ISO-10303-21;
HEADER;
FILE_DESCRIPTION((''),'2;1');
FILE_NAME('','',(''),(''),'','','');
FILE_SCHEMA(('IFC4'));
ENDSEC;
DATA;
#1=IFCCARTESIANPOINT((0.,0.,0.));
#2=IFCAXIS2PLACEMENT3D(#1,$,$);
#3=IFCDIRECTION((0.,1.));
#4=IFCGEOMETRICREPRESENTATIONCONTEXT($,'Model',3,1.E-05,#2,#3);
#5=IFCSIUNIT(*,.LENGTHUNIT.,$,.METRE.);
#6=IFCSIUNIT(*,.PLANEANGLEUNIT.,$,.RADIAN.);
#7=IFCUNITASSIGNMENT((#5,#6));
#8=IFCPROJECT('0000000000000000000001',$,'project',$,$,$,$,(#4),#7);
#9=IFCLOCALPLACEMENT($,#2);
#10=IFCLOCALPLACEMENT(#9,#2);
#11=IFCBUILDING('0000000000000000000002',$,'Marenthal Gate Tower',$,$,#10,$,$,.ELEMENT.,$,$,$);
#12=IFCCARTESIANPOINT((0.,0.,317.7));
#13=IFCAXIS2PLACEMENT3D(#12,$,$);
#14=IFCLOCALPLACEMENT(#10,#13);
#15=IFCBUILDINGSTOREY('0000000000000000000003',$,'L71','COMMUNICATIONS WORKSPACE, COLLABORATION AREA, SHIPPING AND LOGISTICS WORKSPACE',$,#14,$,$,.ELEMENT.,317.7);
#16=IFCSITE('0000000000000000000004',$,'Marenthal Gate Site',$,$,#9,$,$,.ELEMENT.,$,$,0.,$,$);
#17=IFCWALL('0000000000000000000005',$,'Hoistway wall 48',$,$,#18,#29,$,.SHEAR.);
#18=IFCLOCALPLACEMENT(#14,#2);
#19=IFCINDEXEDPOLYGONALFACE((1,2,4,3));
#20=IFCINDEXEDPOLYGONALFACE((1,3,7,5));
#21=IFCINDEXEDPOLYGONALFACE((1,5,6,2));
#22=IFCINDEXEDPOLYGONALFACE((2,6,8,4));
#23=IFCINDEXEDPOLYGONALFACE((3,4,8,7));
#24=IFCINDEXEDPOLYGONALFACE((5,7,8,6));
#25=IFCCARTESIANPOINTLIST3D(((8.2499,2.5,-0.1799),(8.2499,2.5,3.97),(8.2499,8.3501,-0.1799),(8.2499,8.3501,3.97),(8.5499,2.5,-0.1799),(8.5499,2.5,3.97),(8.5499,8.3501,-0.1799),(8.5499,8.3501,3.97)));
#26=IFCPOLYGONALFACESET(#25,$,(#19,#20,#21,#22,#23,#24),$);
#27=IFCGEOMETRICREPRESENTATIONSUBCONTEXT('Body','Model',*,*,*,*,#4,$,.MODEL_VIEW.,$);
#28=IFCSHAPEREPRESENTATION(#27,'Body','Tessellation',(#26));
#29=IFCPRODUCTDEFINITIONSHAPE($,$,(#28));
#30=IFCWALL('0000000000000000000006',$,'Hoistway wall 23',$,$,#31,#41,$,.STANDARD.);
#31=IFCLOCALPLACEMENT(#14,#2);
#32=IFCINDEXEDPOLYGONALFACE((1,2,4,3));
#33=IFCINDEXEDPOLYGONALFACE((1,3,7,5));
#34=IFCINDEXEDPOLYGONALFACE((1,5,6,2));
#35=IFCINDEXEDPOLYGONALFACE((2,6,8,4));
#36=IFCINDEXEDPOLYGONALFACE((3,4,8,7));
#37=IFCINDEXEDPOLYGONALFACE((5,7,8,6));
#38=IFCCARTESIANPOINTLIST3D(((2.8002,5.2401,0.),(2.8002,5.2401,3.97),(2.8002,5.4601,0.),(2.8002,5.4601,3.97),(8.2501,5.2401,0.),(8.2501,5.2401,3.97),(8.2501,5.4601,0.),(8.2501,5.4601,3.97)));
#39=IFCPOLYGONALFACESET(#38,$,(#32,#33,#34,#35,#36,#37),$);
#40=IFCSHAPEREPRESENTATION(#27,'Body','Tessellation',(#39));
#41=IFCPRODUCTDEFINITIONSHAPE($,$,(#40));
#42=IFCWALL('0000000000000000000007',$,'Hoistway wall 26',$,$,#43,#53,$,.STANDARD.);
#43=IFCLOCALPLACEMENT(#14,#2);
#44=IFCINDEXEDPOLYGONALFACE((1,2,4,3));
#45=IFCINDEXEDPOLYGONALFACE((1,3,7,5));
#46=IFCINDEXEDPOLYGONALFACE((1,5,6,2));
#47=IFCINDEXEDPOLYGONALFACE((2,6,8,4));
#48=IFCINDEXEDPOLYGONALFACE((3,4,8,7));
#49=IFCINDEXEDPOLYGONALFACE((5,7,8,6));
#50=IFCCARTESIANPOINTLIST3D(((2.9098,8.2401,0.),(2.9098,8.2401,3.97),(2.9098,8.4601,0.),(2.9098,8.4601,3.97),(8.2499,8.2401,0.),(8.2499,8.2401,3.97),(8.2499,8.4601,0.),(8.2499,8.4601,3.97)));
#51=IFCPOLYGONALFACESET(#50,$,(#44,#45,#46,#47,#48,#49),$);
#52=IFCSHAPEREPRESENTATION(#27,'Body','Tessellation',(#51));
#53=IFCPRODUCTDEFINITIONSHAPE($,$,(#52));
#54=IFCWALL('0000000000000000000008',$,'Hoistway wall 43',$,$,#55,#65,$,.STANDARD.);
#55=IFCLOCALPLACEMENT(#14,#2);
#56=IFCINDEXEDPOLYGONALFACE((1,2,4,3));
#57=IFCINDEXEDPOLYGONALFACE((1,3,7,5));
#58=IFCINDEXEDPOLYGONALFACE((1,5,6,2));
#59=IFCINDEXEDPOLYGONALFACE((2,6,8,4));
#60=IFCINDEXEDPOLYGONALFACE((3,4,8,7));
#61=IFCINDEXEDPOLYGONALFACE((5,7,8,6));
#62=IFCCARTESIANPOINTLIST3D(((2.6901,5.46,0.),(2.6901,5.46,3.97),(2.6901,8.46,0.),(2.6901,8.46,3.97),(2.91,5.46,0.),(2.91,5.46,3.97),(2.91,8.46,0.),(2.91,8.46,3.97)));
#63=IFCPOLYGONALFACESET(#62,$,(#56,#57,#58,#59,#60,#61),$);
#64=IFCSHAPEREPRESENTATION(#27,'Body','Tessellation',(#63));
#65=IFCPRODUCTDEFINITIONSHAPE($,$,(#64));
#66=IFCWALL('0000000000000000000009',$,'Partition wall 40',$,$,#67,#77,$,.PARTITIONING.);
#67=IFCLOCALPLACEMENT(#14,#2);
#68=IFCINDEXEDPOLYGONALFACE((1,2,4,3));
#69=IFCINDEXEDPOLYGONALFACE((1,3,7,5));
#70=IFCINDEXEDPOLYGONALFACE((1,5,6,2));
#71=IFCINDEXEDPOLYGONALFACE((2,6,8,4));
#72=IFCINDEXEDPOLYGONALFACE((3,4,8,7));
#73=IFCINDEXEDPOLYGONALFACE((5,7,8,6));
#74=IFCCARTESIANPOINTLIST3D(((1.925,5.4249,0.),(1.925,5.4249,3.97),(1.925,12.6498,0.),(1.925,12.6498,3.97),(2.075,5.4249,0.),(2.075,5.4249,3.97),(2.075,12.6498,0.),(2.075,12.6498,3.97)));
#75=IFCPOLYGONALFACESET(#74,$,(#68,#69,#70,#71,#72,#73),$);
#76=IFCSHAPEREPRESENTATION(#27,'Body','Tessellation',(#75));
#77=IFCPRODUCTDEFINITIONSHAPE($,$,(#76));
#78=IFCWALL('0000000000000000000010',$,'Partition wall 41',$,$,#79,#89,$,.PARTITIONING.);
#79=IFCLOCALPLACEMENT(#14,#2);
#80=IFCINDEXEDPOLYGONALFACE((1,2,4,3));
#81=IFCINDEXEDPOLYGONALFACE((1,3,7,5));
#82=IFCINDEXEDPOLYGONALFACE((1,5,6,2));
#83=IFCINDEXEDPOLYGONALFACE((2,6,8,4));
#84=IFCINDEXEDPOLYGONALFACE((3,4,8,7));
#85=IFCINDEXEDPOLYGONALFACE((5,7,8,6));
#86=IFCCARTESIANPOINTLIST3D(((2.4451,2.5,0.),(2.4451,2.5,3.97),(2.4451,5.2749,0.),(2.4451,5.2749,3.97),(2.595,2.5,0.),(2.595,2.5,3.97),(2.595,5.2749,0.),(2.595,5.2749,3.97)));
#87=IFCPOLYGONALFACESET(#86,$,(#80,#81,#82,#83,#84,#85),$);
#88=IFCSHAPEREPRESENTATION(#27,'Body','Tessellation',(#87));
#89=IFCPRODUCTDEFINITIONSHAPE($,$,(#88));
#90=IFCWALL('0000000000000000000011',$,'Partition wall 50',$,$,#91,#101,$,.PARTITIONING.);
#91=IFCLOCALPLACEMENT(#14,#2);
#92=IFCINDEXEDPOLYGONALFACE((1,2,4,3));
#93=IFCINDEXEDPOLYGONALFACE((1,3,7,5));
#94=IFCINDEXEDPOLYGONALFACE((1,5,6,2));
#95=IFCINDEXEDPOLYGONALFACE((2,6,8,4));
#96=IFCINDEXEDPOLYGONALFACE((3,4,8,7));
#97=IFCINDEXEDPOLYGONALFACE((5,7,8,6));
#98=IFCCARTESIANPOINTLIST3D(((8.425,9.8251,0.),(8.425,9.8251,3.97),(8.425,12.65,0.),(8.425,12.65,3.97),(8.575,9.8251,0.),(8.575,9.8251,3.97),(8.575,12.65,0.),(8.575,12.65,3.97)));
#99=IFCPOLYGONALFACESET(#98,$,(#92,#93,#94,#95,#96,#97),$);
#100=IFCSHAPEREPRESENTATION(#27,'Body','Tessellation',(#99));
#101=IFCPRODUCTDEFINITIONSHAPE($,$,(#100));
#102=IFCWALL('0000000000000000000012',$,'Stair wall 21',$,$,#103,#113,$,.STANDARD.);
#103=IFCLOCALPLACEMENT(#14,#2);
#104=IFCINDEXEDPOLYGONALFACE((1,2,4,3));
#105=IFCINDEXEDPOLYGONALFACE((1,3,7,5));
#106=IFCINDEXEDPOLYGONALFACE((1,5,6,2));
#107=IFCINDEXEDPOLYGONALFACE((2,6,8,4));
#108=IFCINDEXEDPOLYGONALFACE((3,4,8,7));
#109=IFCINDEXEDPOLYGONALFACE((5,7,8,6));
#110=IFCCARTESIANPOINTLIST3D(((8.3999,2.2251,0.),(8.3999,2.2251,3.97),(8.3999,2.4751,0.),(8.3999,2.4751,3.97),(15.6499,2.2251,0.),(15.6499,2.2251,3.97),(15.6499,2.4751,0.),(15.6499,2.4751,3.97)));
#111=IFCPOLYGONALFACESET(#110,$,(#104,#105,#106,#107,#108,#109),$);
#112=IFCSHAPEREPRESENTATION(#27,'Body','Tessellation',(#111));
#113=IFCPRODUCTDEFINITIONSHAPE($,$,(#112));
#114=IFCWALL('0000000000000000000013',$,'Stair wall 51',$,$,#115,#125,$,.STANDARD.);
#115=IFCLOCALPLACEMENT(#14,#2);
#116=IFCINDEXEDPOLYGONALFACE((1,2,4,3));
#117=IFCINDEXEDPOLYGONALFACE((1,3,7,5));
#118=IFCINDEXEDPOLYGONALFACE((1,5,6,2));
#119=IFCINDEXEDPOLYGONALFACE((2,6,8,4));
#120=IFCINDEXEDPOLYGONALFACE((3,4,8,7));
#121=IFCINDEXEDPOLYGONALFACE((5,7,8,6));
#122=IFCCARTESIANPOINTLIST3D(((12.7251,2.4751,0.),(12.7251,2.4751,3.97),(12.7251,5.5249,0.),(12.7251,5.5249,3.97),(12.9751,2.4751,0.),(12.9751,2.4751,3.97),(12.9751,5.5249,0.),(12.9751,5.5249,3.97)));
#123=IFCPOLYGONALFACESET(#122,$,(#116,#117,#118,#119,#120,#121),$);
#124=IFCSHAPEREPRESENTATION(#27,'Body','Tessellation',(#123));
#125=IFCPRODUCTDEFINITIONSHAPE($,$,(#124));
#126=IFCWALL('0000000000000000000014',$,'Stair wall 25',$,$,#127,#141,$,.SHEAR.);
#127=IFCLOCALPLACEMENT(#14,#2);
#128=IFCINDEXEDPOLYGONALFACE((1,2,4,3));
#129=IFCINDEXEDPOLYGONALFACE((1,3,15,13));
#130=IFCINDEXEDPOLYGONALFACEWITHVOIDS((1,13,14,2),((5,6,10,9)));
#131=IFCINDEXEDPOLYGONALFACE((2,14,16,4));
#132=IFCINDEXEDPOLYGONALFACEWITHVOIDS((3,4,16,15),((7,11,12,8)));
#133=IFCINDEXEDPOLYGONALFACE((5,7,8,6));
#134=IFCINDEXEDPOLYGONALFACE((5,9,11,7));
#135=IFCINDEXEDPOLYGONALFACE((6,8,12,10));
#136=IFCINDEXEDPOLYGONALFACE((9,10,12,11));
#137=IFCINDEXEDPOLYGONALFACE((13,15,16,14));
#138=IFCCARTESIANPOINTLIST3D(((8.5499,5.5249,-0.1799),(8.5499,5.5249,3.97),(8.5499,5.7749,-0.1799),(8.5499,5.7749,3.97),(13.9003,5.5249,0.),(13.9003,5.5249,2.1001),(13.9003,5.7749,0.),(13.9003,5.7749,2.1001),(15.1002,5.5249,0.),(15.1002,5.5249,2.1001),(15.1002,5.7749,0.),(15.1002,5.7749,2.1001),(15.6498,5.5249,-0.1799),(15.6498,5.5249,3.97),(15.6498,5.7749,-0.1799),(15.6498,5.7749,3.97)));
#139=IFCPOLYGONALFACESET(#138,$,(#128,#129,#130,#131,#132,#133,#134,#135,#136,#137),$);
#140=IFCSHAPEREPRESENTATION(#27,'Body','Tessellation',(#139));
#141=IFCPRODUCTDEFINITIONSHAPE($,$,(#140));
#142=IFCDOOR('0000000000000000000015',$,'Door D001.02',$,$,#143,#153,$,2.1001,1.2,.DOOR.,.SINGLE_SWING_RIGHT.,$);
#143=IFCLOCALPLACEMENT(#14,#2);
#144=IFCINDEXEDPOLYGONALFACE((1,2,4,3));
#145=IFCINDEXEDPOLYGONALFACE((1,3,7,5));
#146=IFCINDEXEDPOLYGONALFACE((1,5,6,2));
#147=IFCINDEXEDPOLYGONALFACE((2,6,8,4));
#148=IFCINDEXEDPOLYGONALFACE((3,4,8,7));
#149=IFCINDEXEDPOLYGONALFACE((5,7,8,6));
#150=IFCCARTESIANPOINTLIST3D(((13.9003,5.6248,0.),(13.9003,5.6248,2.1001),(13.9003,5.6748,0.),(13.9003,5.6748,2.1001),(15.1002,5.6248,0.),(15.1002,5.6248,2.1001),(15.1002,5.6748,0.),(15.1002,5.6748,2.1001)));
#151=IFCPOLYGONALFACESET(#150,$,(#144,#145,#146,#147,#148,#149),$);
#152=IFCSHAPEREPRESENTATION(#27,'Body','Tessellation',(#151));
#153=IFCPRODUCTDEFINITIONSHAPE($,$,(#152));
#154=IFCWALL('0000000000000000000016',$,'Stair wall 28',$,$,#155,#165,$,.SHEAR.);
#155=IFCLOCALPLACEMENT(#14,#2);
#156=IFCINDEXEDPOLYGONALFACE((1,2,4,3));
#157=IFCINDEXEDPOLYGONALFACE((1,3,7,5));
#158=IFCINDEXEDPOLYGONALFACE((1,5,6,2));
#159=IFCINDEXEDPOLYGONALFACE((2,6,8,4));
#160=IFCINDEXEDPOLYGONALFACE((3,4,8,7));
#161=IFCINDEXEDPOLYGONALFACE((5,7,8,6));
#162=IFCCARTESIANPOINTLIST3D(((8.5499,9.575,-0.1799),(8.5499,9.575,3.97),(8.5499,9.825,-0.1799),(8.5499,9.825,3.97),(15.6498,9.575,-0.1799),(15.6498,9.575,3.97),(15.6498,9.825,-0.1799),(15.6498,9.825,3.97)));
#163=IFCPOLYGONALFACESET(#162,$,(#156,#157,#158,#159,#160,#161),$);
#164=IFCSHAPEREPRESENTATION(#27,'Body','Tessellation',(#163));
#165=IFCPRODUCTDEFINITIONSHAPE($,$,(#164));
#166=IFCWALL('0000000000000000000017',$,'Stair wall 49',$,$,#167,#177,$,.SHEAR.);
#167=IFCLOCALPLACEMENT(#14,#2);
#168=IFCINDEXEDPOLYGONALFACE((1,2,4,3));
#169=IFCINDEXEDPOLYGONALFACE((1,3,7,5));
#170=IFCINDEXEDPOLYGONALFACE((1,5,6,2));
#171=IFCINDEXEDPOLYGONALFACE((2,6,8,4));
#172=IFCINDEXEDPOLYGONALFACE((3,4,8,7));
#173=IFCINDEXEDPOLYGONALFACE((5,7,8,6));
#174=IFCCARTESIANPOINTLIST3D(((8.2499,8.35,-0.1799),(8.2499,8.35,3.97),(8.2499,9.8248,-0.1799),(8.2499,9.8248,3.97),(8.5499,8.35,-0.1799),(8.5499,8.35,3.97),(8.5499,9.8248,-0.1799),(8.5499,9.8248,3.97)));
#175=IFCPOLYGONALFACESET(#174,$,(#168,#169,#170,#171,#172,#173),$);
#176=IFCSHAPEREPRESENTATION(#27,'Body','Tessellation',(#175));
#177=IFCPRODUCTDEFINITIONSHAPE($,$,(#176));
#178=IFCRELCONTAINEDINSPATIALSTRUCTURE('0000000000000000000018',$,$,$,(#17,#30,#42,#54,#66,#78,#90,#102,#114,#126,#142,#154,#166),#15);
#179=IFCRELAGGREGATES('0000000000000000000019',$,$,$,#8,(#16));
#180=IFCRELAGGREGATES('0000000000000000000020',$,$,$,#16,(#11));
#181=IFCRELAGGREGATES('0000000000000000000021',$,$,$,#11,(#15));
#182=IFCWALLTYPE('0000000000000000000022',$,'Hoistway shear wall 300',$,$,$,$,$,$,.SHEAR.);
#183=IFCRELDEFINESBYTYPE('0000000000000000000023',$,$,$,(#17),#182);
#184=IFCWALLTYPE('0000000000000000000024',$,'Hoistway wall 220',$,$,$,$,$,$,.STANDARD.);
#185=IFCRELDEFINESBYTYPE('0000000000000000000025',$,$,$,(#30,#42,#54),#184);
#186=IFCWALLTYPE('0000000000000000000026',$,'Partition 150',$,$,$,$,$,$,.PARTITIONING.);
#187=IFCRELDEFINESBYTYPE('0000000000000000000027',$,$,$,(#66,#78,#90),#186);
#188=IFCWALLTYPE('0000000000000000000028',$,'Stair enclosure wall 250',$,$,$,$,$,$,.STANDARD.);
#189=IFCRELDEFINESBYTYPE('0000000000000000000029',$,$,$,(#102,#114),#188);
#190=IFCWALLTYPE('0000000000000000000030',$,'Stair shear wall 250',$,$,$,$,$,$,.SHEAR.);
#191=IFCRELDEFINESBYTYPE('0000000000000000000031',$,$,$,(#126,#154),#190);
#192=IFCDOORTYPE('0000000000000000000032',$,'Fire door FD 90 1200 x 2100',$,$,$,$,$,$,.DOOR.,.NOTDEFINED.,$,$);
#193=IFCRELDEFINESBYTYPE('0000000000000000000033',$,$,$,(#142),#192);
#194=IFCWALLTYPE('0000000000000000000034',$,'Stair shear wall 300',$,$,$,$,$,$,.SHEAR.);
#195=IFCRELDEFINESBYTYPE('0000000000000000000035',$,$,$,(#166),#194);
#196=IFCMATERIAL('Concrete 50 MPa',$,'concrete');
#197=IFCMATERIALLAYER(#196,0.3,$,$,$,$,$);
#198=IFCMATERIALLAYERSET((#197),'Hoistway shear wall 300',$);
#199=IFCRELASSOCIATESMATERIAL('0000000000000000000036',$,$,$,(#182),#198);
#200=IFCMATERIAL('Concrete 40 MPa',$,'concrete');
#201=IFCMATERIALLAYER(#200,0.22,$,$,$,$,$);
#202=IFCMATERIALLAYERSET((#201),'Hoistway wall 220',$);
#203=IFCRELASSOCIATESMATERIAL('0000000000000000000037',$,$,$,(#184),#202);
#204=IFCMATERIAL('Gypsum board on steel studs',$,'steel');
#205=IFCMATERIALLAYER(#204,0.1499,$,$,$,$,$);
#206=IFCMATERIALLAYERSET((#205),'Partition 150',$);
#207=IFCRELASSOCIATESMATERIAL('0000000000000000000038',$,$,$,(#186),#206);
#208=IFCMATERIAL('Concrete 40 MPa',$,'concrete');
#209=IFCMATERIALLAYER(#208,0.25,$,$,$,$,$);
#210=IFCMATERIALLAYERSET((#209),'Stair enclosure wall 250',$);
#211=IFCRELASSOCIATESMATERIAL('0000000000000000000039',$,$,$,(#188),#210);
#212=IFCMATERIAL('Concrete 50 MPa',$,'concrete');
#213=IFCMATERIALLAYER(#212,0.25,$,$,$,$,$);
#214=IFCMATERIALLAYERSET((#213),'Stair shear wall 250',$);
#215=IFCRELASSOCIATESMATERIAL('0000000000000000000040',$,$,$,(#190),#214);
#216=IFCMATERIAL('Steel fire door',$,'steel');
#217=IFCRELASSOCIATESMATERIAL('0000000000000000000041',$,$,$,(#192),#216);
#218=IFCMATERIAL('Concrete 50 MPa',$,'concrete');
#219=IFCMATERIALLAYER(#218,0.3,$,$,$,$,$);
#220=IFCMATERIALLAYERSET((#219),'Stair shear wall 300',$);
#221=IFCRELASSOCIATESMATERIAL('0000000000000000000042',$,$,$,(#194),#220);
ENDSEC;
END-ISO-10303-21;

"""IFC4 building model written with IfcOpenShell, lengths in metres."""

from ifc_helpers import new_model, si_unit, direction, frame, frame_2d, origin, place, context, subcontext, project, spatial, rectangle, extrude, material, layer, layer_set, type_object, element, fill, save


model = new_model("IFC4")

# Units and contexts
model_context = context("Model", 3, precision=1e-05, world=origin(), true_north=direction((0.0, 1.0)))
body_context = subcontext(model_context, "Body", "Model", "MODEL_VIEW")
ifc_project = project(units=[si_unit("LENGTHUNIT", "METRE"), si_unit("PLANEANGLEUNIT", "RADIAN")], contexts=[model_context])

# Site, building, storey
site_placement = place(None, origin())
site = spatial("IfcSite", under=ifc_project, at=site_placement, Name="Marenthal Gate Site", CompositionType="ELEMENT", RefElevation=0.0)
building_placement = place(site_placement, origin())
building = spatial("IfcBuilding", under=site, at=building_placement, Name="Marenthal Gate Tower", CompositionType="ELEMENT")
storey_placement = place(building_placement, frame((0.0, 0.0, 317.7)))
storey = spatial("IfcBuildingStorey", under=building, at=storey_placement, Name="L71", Description="COMMUNICATIONS WORKSPACE, COLLABORATION AREA, SHIPPING AND LOGISTICS WORKSPACE", CompositionType="ELEMENT", Elevation=317.7)

# Walls
ifc_material_1 = material(Name="Concrete 50 MPa", Category="concrete")
ifc_layer_1 = layer(ifc_material_1, 0.3)
ifc_layer_set_1 = layer_set([ifc_layer_1], Name="Hoistway shear wall 300")
wall_type_1 = type_object("IfcWallType", Name="Hoistway shear wall 300", PredefinedType="SHEAR", material=ifc_layer_set_1)
wall_1_placement = place(storey_placement, frame((8.3999, 2.5, -0.1799), z_axis=(0.0, 0.0, 1.0), x_axis=(0.0, 1.0, 0.0)))
element("IfcWall", 1, at=wall_1_placement, inside=storey, type_object=wall_type_1, Name="Hoistway wall 48", PredefinedType="SHEAR", context=body_context, shape_type="SweptSolid", body=[
    extrude(rectangle(XDim=5.8501, YDim=0.3, at=frame_2d((2.925, 0.0))), origin(), (0.0, 0.0, 1.0), 4.1499),
])
ifc_material_2 = material(Name="Concrete 40 MPa", Category="concrete")
ifc_layer_2 = layer(ifc_material_2, 0.22)
ifc_layer_set_2 = layer_set([ifc_layer_2], Name="Hoistway wall 220")
wall_type_2 = type_object("IfcWallType", Name="Hoistway wall 220", PredefinedType="STANDARD", material=ifc_layer_set_2)
wall_2_placement = place(storey_placement, frame((2.8, 5.3501, 0.0), z_axis=(0.0, 0.0, 1.0), x_axis=(1.0, 0.0, 0.0)))
element("IfcWall", 2, at=wall_2_placement, inside=storey, type_object=wall_type_2, Name="Hoistway wall 23", PredefinedType="STANDARD", context=body_context, shape_type="SweptSolid", body=[
    extrude(rectangle(XDim=5.45, YDim=0.22, at=frame_2d((2.7251, 0.0))), origin(), (0.0, 0.0, 1.0), 3.97),
])
wall_3_placement = place(storey_placement, frame((2.9099, 8.3501, 0.0), z_axis=(0.0, 0.0, 1.0), x_axis=(1.0, 0.0, 0.0)))
element("IfcWall", 3, at=wall_3_placement, inside=storey, type_object=wall_type_2, Name="Hoistway wall 26", PredefinedType="STANDARD", context=body_context, shape_type="SweptSolid", body=[
    extrude(rectangle(XDim=5.3401, YDim=0.22, at=frame_2d((2.6699, 0.0))), origin(), (0.0, 0.0, 1.0), 3.97),
])
wall_4_placement = place(storey_placement, frame((2.8, 5.46, 0.0), z_axis=(0.0, 0.0, 1.0), x_axis=(0.0, 1.0, 0.0)))
element("IfcWall", 4, at=wall_4_placement, inside=storey, type_object=wall_type_2, Name="Hoistway wall 43", PredefinedType="STANDARD", context=body_context, shape_type="SweptSolid", body=[
    extrude(rectangle(XDim=3.0, YDim=0.22, at=frame_2d((1.5, 0.0))), origin(), (0.0, 0.0, 1.0), 3.97),
])
ifc_material_3 = material(Name="Gypsum board on steel studs", Category="steel")
ifc_layer_3 = layer(ifc_material_3, 0.1499)
ifc_layer_set_3 = layer_set([ifc_layer_3], Name="Partition 150")
wall_type_3 = type_object("IfcWallType", Name="Partition 150", PredefinedType="PARTITIONING", material=ifc_layer_set_3)
wall_5_placement = place(storey_placement, frame((2.0, 5.425, 0.0), z_axis=(0.0, 0.0, 1.0), x_axis=(0.0, 1.0, 0.0)))
element("IfcWall", 5, at=wall_5_placement, inside=storey, type_object=wall_type_3, Name="Partition wall 40", PredefinedType="PARTITIONING", context=body_context, shape_type="SweptSolid", body=[
    extrude(rectangle(XDim=7.2249, YDim=0.1499, at=frame_2d((3.6123, 0.0))), origin(), (0.0, 0.0, 1.0), 3.97),
])
wall_6_placement = place(storey_placement, frame((2.52, 2.5, 0.0), z_axis=(0.0, 0.0, 1.0), x_axis=(0.0, 1.0, 0.0)))
element("IfcWall", 6, at=wall_6_placement, inside=storey, type_object=wall_type_3, Name="Partition wall 41", PredefinedType="PARTITIONING", context=body_context, shape_type="SweptSolid", body=[
    extrude(rectangle(XDim=2.7749, YDim=0.1499, at=frame_2d((1.3875, 0.0))), origin(), (0.0, 0.0, 1.0), 3.97),
])
wall_7_placement = place(storey_placement, frame((8.5, 9.825, 0.0), z_axis=(0.0, 0.0, 1.0), x_axis=(0.0, 1.0, 0.0)))
element("IfcWall", 7, at=wall_7_placement, inside=storey, type_object=wall_type_3, Name="Partition wall 50", PredefinedType="PARTITIONING", context=body_context, shape_type="SweptSolid", body=[
    extrude(rectangle(XDim=2.825, YDim=0.1499, at=frame_2d((1.4126, 0.0))), origin(), (0.0, 0.0, 1.0), 3.97),
])
ifc_material_4 = material(Name="Concrete 40 MPa", Category="concrete")
ifc_layer_4 = layer(ifc_material_4, 0.25)
ifc_layer_set_4 = layer_set([ifc_layer_4], Name="Stair enclosure wall 250")
wall_type_4 = type_object("IfcWallType", Name="Stair enclosure wall 250", PredefinedType="STANDARD", material=ifc_layer_set_4)
wall_8_placement = place(storey_placement, frame((8.3999, 2.3501, 0.0), z_axis=(0.0, 0.0, 1.0), x_axis=(1.0, 0.0, 0.0)))
element("IfcWall", 8, at=wall_8_placement, inside=storey, type_object=wall_type_4, Name="Stair wall 21", PredefinedType="STANDARD", context=body_context, shape_type="SweptSolid", body=[
    extrude(rectangle(XDim=7.25, YDim=0.25, at=frame_2d((3.625, 0.0))), origin(), (0.0, 0.0, 1.0), 3.97),
])
wall_9_placement = place(storey_placement, frame((12.8501, 2.4751, 0.0), z_axis=(0.0, 0.0, 1.0), x_axis=(0.0, 1.0, 0.0)))
element("IfcWall", 9, at=wall_9_placement, inside=storey, type_object=wall_type_4, Name="Stair wall 51", PredefinedType="STANDARD", context=body_context, shape_type="SweptSolid", body=[
    extrude(rectangle(XDim=3.0498, YDim=0.25, at=frame_2d((1.5249, 0.0))), origin(), (0.0, 0.0, 1.0), 3.97),
])

# Wall, opening, door
ifc_material_5 = material(Name="Concrete 50 MPa", Category="concrete")
ifc_layer_5 = layer(ifc_material_5, 0.25)
ifc_layer_set_5 = layer_set([ifc_layer_5], Name="Stair shear wall 250")
wall_type_5 = type_object("IfcWallType", Name="Stair shear wall 250", PredefinedType="SHEAR", material=ifc_layer_set_5)
wall_10_placement = place(storey_placement, frame((8.55, 5.6499, -0.1799), z_axis=(0.0, 0.0, 1.0), x_axis=(1.0, 0.0, 0.0)))
wall_10 = element("IfcWall", 10, at=wall_10_placement, inside=storey, type_object=wall_type_5, Name="Stair wall 25", PredefinedType="SHEAR", context=body_context, shape_type="SweptSolid", body=[
    extrude(rectangle(XDim=7.0999, YDim=0.25, at=frame_2d((3.5498, 0.0))), origin(), (0.0, 0.0, 1.0), 4.1499),
])
opening_placement = place(wall_10_placement, frame((5.3501, 0.0, 0.1799)))
opening = element("IfcOpeningElement", 11, at=opening_placement, cuts=wall_10, PredefinedType="OPENING", context=body_context, shape_type="SweptSolid", body=[
    extrude(rectangle(XDim=1.2, YDim=2.1001, at=frame_2d((0.6001, 1.05))), frame((0.0, 0.135, 0.0), z_axis=(0.0, -1.0, 0.0), x_axis=(1.0, 0.0, 0.0)), (0.0, 0.0, 1.0), 0.27),
])
ifc_material_6 = material(Name="Steel fire door", Category="steel")
door_type = type_object("IfcDoorType", Name="Fire door FD 90 1200 x 2100", OperationType="NOTDEFINED", PredefinedType="DOOR", material=ifc_material_6)
door_placement = place(opening_placement, origin())
door = element("IfcDoor", 12, at=door_placement, inside=storey, type_object=door_type, Name="Door D001.02", OperationType="SINGLE_SWING_RIGHT", OverallHeight=2.1001, OverallWidth=1.2, PredefinedType="DOOR", context=body_context, shape_type="SweptSolid", body=[
    extrude(rectangle(XDim=1.2, YDim=2.1001, at=frame_2d((0.6001, 1.05))), frame((0.0, 0.0249, 0.0), z_axis=(0.0, -1.0, 0.0), x_axis=(1.0, 0.0, 0.0)), (0.0, 0.0, 1.0), 0.05),
])
fill(opening, door)

# Walls
wall_11_placement = place(storey_placement, frame((8.55, 9.7, -0.1799), z_axis=(0.0, 0.0, 1.0), x_axis=(1.0, 0.0, 0.0)))
element("IfcWall", 13, at=wall_11_placement, inside=storey, type_object=wall_type_5, Name="Stair wall 28", PredefinedType="SHEAR", context=body_context, shape_type="SweptSolid", body=[
    extrude(rectangle(XDim=7.0999, YDim=0.25, at=frame_2d((3.5498, 0.0))), origin(), (0.0, 0.0, 1.0), 4.1499),
])
ifc_material_7 = material(Name="Concrete 50 MPa", Category="concrete")
ifc_layer_6 = layer(ifc_material_7, 0.3)
ifc_layer_set_6 = layer_set([ifc_layer_6], Name="Stair shear wall 300")
wall_type_6 = type_object("IfcWallType", Name="Stair shear wall 300", PredefinedType="SHEAR", material=ifc_layer_set_6)
wall_12_placement = place(storey_placement, frame((8.3999, 8.3501, -0.1799), z_axis=(0.0, 0.0, 1.0), x_axis=(0.0, 1.0, 0.0)))
element("IfcWall", 14, at=wall_12_placement, inside=storey, type_object=wall_type_6, Name="Stair wall 49", PredefinedType="SHEAR", context=body_context, shape_type="SweptSolid", body=[
    extrude(rectangle(XDim=1.4749, YDim=0.3, at=frame_2d((0.7373, 0.0))), origin(), (0.0, 0.0, 1.0), 4.1499),
])

save(model, "model.ifc")
